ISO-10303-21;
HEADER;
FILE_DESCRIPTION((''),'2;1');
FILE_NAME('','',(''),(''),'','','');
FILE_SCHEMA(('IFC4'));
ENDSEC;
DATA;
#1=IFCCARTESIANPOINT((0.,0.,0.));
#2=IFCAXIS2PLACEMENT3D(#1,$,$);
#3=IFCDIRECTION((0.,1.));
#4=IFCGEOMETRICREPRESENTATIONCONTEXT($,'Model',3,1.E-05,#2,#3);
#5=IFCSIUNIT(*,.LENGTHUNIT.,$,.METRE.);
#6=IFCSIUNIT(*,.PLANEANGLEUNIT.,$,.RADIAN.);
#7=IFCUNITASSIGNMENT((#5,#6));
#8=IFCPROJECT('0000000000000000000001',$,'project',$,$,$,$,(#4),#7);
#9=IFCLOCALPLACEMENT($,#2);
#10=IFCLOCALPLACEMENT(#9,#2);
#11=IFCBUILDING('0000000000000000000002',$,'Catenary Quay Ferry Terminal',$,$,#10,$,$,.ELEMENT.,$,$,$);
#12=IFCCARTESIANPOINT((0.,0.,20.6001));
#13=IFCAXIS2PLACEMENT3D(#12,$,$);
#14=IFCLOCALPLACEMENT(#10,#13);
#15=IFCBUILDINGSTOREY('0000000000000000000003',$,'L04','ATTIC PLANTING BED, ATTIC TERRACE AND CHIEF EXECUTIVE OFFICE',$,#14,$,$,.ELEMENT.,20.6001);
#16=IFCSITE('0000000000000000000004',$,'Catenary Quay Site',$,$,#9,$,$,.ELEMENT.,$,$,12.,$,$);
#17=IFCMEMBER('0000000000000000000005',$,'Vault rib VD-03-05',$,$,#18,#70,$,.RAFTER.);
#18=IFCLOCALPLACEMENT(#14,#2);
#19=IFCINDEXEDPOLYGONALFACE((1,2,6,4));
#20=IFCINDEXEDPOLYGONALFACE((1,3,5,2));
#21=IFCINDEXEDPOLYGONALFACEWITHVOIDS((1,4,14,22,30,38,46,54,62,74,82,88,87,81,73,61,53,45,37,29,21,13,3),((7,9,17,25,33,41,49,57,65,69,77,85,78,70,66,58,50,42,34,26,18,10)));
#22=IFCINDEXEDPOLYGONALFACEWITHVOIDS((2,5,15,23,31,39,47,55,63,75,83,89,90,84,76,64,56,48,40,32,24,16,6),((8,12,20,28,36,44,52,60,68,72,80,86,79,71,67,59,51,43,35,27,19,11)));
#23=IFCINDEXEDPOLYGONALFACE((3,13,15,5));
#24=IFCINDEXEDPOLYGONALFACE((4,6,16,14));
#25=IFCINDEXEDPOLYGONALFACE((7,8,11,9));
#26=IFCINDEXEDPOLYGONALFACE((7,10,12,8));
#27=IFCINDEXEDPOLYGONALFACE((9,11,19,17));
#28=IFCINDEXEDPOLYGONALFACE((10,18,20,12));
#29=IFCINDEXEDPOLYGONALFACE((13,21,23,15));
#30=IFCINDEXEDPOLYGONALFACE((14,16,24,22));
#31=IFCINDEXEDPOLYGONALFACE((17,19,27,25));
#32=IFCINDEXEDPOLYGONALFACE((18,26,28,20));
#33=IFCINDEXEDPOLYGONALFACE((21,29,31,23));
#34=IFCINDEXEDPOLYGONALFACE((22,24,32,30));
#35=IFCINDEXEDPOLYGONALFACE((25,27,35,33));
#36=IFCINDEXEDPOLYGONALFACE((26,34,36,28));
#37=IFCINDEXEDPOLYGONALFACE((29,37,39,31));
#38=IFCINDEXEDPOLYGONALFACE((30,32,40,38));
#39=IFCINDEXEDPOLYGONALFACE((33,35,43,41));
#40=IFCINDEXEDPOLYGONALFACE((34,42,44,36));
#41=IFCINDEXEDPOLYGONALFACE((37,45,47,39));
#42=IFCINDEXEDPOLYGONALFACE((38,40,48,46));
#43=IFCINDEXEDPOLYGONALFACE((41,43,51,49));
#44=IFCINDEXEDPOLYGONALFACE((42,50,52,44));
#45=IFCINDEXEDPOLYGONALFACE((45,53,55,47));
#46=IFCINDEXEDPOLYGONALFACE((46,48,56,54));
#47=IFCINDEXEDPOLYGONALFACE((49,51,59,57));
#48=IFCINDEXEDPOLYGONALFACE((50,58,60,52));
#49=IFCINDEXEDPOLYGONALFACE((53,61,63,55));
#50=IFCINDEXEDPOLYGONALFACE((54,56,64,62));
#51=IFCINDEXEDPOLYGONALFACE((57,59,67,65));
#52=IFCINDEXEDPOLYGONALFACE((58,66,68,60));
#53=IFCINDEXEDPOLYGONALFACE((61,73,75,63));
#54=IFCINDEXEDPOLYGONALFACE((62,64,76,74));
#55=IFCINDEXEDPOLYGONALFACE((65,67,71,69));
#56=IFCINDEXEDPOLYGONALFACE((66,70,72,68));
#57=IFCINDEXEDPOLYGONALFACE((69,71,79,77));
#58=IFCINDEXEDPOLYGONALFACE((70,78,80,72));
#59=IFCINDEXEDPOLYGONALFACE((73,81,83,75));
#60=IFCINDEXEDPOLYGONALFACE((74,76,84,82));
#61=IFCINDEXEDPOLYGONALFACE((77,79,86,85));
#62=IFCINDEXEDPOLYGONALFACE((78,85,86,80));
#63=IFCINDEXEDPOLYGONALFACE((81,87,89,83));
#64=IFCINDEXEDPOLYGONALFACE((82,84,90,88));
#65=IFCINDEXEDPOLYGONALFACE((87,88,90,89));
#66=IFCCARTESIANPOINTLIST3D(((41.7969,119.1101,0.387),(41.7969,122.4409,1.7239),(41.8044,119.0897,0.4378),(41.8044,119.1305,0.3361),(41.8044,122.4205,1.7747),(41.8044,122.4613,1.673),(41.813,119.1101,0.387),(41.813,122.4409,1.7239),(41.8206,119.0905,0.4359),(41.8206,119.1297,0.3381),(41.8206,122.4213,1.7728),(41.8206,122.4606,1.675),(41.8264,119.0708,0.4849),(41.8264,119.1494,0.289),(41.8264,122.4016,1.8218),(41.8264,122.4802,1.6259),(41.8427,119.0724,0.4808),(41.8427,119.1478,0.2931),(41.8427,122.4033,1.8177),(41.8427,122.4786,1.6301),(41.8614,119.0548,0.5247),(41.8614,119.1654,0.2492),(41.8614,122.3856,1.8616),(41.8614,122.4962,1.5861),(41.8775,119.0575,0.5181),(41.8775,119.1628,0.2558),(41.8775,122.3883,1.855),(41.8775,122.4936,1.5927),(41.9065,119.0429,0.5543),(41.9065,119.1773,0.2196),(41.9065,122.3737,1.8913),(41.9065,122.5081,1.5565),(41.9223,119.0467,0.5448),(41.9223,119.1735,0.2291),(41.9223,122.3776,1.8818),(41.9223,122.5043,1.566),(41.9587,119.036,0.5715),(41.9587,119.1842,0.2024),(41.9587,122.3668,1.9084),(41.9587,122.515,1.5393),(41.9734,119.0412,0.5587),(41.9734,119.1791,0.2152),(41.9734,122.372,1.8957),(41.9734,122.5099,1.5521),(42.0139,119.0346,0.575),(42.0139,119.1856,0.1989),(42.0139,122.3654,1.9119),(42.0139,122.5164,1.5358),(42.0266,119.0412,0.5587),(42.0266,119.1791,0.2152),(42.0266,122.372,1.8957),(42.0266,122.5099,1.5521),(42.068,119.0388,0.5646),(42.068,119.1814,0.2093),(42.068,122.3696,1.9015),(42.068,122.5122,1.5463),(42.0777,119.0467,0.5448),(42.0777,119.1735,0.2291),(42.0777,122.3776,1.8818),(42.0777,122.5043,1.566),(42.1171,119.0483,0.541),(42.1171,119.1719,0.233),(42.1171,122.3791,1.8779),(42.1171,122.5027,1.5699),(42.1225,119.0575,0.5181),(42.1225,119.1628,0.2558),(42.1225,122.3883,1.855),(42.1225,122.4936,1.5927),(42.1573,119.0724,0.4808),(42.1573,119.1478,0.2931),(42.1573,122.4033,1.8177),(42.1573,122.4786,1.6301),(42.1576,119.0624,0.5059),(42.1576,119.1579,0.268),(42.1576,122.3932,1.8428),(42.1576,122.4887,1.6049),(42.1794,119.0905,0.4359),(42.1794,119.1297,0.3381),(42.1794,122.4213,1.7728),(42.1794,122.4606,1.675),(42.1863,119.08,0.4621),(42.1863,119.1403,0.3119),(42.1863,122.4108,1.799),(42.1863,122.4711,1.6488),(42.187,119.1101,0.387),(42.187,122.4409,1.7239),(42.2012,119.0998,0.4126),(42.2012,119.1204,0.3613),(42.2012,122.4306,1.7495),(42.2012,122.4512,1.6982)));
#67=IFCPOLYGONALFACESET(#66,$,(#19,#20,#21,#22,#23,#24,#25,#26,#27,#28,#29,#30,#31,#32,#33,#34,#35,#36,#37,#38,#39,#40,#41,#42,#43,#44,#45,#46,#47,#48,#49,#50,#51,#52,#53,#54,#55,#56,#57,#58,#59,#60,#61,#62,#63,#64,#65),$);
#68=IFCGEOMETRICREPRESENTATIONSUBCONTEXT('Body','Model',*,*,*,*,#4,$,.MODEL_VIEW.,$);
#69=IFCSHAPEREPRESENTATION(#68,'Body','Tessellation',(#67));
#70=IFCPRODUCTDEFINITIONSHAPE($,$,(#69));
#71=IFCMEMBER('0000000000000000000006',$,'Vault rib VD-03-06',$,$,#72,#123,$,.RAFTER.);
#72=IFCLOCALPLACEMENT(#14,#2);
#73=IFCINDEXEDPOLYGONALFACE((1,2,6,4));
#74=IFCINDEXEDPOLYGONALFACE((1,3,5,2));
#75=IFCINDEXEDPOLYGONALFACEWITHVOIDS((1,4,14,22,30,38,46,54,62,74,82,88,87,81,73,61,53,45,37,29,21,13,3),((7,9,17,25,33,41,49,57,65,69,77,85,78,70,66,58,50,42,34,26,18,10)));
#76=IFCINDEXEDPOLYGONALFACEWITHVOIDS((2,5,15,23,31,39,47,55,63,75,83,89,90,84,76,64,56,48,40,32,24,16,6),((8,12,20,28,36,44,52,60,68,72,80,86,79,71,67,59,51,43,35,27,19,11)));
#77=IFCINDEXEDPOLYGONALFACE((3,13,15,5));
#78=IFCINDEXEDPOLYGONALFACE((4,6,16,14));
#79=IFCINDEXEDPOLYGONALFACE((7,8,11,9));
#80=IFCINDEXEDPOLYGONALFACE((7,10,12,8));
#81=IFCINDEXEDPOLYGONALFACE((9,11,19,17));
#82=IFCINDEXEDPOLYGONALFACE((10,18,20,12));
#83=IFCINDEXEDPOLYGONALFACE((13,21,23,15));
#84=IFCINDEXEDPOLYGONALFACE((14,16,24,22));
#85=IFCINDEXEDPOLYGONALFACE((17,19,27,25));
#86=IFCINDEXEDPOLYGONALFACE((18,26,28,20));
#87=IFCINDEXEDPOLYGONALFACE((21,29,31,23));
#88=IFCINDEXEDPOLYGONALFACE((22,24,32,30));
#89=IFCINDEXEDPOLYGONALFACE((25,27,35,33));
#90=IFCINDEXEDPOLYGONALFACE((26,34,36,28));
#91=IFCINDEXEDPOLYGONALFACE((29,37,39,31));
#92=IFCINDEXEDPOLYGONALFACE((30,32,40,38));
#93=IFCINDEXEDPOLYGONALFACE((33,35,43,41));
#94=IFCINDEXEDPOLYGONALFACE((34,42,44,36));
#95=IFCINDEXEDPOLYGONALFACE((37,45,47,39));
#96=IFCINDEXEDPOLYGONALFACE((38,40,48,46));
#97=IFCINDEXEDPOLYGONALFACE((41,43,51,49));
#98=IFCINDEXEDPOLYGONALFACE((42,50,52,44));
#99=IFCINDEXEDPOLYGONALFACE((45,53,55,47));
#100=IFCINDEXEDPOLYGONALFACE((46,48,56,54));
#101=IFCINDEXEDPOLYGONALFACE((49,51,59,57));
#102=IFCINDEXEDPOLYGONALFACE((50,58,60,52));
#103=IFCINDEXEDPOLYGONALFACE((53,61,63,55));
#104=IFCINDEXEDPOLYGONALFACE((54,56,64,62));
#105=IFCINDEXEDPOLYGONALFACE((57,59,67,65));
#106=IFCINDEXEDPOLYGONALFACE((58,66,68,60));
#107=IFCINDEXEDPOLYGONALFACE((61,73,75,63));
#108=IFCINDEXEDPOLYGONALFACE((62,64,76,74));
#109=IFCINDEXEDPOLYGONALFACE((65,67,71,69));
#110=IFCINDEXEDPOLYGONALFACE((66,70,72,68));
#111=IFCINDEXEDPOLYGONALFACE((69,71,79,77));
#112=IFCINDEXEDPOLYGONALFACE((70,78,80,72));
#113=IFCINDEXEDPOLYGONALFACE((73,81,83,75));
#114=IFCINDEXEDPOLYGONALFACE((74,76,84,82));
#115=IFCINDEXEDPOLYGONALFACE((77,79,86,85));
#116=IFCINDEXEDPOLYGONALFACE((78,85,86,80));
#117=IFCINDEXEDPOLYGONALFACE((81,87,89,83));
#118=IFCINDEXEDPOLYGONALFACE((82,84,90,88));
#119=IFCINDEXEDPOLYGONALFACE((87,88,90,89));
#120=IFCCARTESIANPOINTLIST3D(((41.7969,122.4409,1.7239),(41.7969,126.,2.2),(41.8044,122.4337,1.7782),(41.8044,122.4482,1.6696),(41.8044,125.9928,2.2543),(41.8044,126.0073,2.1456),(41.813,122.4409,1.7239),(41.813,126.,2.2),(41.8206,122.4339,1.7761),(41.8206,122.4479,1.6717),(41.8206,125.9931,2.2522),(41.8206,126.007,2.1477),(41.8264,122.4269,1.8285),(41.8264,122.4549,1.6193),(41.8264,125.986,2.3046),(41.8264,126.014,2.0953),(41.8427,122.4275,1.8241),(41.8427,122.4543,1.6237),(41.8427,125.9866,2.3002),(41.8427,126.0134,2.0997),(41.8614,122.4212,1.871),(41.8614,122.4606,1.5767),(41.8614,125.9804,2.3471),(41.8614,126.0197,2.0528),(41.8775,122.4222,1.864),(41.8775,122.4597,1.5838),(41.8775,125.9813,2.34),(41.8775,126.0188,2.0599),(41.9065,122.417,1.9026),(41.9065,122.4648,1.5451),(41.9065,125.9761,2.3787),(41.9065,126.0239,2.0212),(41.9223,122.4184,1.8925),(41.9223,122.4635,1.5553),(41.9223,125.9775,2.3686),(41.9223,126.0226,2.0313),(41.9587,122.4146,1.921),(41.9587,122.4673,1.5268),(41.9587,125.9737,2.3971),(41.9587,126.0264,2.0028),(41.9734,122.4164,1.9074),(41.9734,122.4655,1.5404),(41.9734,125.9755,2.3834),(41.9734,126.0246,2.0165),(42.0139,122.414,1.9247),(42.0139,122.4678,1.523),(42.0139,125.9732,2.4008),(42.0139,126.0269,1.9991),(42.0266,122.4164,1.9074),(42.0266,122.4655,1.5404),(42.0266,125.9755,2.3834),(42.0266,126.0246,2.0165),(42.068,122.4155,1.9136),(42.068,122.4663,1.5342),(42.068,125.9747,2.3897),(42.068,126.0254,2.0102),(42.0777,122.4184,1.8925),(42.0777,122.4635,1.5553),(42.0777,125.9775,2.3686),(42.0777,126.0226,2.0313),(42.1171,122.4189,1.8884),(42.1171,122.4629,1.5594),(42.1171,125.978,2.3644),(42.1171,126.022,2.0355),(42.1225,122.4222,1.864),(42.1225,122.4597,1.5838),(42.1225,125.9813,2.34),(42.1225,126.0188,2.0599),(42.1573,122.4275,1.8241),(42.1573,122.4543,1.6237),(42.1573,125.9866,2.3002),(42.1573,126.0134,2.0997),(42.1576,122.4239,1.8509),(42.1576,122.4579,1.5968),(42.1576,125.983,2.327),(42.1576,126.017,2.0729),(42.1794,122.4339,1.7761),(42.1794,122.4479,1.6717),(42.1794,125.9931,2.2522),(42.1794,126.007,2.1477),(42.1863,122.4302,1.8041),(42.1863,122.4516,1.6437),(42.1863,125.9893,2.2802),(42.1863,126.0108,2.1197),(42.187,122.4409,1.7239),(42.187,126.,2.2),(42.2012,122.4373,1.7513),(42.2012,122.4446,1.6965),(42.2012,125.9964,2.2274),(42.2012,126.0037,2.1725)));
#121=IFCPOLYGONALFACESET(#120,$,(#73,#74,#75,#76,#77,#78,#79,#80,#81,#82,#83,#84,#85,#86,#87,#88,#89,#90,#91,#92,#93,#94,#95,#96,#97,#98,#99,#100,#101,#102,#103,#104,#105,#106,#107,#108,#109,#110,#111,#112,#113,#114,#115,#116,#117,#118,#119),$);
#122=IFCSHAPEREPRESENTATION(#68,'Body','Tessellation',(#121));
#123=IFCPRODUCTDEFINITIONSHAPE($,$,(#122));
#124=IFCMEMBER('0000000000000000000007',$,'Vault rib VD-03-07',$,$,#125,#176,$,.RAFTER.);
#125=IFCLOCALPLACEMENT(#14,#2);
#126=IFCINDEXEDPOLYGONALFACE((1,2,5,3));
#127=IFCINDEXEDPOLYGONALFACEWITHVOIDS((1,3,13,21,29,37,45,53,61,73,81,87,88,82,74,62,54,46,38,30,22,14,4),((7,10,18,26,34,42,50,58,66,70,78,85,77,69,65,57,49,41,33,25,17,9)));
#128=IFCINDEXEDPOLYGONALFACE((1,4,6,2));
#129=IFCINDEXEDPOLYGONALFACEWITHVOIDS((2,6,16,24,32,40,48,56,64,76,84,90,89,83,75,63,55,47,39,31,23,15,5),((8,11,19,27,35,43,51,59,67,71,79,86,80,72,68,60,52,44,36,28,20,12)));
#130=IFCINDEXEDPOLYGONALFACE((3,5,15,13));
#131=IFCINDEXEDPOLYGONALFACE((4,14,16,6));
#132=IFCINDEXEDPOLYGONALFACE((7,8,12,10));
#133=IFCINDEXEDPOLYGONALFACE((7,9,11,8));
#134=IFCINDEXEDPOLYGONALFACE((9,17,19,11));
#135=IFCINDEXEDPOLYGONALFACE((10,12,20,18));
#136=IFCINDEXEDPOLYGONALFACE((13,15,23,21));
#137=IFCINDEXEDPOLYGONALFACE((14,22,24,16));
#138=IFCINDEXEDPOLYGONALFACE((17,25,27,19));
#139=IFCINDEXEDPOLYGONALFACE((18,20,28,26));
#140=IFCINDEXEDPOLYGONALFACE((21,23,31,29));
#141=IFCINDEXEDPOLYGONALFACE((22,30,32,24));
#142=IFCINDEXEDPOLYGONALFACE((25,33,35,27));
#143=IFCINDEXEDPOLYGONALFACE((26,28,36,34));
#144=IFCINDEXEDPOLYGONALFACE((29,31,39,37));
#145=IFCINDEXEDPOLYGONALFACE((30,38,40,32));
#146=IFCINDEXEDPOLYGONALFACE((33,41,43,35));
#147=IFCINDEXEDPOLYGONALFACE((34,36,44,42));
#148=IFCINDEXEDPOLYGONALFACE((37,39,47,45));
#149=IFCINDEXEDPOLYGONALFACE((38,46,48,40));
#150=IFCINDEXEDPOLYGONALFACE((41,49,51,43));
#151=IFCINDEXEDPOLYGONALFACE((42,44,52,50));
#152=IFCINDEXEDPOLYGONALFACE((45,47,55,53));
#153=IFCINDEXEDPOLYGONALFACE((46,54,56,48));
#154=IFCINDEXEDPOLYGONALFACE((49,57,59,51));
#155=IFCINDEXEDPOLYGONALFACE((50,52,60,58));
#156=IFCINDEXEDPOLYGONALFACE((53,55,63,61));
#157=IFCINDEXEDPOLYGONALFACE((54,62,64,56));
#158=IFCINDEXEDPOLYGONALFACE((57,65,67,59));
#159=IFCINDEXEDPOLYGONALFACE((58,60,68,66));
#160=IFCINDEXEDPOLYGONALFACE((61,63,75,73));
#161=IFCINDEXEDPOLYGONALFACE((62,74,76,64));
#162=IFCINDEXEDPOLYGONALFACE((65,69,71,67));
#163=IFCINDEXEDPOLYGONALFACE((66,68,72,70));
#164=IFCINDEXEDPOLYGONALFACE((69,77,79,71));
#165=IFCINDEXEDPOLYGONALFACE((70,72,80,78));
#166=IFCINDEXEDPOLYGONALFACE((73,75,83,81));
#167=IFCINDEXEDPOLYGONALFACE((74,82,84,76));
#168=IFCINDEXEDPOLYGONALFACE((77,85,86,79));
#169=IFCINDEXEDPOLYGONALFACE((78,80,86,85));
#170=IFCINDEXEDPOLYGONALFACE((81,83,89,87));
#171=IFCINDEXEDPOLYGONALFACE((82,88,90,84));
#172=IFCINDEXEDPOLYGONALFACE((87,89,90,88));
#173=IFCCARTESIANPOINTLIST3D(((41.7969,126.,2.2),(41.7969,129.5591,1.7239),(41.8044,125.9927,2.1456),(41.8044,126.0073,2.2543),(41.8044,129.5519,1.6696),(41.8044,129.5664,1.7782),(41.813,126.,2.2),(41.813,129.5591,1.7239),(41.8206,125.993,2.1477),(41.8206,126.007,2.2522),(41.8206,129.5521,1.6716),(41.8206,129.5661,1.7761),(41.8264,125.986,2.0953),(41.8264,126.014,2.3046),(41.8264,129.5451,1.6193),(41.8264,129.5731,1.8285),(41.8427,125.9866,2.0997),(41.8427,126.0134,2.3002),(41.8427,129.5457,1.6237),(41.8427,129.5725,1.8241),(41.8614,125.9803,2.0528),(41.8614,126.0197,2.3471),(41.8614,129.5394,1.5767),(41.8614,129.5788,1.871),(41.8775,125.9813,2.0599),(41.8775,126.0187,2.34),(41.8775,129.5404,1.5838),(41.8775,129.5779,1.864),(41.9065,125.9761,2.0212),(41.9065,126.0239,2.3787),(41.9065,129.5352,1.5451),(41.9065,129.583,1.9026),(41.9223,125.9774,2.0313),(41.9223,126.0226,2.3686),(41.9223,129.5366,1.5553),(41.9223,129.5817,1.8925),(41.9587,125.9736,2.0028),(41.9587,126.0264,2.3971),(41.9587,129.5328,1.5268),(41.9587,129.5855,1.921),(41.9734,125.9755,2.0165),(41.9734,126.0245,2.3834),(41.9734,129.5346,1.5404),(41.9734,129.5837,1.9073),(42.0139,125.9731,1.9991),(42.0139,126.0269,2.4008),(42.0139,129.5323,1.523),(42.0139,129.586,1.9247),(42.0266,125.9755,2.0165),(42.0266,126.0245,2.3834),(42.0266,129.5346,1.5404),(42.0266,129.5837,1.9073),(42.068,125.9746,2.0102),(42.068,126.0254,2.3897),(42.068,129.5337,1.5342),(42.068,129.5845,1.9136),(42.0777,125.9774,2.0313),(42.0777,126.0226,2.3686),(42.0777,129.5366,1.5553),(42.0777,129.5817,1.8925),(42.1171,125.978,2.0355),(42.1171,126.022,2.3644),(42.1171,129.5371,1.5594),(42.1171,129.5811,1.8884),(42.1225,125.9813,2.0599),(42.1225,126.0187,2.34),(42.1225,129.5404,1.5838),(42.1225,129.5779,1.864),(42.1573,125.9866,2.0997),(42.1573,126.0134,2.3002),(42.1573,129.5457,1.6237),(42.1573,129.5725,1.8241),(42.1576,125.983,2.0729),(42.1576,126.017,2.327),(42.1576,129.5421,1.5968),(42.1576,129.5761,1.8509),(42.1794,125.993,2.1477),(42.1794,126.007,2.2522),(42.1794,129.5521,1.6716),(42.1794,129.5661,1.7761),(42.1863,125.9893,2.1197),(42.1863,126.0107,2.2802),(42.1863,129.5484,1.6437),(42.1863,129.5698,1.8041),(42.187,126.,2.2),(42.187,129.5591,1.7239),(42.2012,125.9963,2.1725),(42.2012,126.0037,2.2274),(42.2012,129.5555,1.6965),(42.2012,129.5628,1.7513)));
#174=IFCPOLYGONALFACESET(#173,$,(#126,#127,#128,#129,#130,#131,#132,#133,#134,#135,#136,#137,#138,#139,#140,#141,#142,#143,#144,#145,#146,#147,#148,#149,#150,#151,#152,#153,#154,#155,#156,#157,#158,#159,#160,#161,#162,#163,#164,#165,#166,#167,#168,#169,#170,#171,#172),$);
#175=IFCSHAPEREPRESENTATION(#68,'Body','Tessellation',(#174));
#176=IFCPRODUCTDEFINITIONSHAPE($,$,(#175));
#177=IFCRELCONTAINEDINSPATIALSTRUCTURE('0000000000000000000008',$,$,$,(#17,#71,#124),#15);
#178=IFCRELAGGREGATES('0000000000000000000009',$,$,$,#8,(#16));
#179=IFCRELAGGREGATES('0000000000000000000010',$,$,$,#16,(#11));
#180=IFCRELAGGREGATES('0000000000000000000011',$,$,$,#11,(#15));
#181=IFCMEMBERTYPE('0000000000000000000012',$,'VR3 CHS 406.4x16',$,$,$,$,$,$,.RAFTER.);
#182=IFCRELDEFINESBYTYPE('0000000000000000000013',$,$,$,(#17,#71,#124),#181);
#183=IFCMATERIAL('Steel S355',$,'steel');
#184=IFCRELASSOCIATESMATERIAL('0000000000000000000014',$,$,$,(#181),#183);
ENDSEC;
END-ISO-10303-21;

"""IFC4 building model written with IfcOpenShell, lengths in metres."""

from ifc_helpers import new_model, si_unit, direction, frame, origin, origin_2d, place, context, subcontext, project, spatial, hollow_circle, extrude, material, material_profile, profile_set, type_object, element, save


model = new_model("IFC4")

# Units and contexts
model_context = context("Model", 3, precision=1e-05, world=origin(), true_north=direction((0.0, 1.0)))
body_context = subcontext(model_context, "Body", "Model", "MODEL_VIEW")
ifc_project = project(units=[si_unit("LENGTHUNIT", "METRE"), si_unit("PLANEANGLEUNIT", "RADIAN")], contexts=[model_context])

# Site, building, storey
site_placement = place(None, origin())
site = spatial("IfcSite", under=ifc_project, at=site_placement, Name="Catenary Quay Site", CompositionType="ELEMENT", RefElevation=12.0)
building_placement = place(site_placement, origin())
building = spatial("IfcBuilding", under=site, at=building_placement, Name="Catenary Quay Ferry Terminal", CompositionType="ELEMENT")
storey_placement = place(building_placement, frame((0.0, 0.0, 20.6001)))
storey = spatial("IfcBuildingStorey", under=building, at=storey_placement, Name="L04", Description="ATTIC PLANTING BED, ATTIC TERRACE AND CHIEF EXECUTIVE OFFICE", CompositionType="ELEMENT", Elevation=20.6001)

# Members
ifc_material_1 = material(Name="Steel S355", Category="steel")
ifc_material_profile_1 = material_profile(ifc_material_1, hollow_circle(Radius=0.2031, WallThickness=0.0161, at=origin_2d()), Name="CHS 406.4x16")
ifc_profile_set_1 = profile_set([ifc_material_profile_1], Name="Steel S355")
member_type_1 = type_object("IfcMemberType", Name="VR3 CHS 406.4x16", PredefinedType="RAFTER", material=ifc_profile_set_1)
member_1_placement = place(storey_placement, frame((42.0, 119.1101, 0.387), z_axis=(0.0, 0.928035, 0.372493), x_axis=(-1.0, 0.0, 0.0)))
element("IfcMember", 1, at=member_1_placement, inside=storey, type_object=member_type_1, Name="Vault rib VD-03-05", PredefinedType="RAFTER", context=body_context, shape_type="SweptSolid", body=[
    extrude(hollow_circle(Radius=0.2031, WallThickness=0.0161, at=origin_2d()), origin(), (0.0, 0.0, 1.0), 3.5891),
])
for number, where, z_axis, x_axis, name in (
    (2, (42.0, 122.4409, 1.7239), (0.0, 0.991172, 0.132582), (-1.0, 0.0, 0.0), "Vault rib VD-03-06"),
    (3, (42.0, 126.0, 2.2), (0.0, 0.991172, -0.132582), (-1.0, 0.0, 0.0), "Vault rib VD-03-07"),
):
    element("IfcMember", number, at=place(storey_placement, frame(where, z_axis=z_axis, x_axis=x_axis)), inside=storey, type_object=member_type_1, Name=name, PredefinedType="RAFTER", context=body_context, shape_type="SweptSolid", body=[
        extrude(hollow_circle(Radius=0.2031, WallThickness=0.0161, at=origin_2d()), origin(), (0.0, 0.0, 1.0), 3.5908),
    ])

save(model, "model.ifc")
